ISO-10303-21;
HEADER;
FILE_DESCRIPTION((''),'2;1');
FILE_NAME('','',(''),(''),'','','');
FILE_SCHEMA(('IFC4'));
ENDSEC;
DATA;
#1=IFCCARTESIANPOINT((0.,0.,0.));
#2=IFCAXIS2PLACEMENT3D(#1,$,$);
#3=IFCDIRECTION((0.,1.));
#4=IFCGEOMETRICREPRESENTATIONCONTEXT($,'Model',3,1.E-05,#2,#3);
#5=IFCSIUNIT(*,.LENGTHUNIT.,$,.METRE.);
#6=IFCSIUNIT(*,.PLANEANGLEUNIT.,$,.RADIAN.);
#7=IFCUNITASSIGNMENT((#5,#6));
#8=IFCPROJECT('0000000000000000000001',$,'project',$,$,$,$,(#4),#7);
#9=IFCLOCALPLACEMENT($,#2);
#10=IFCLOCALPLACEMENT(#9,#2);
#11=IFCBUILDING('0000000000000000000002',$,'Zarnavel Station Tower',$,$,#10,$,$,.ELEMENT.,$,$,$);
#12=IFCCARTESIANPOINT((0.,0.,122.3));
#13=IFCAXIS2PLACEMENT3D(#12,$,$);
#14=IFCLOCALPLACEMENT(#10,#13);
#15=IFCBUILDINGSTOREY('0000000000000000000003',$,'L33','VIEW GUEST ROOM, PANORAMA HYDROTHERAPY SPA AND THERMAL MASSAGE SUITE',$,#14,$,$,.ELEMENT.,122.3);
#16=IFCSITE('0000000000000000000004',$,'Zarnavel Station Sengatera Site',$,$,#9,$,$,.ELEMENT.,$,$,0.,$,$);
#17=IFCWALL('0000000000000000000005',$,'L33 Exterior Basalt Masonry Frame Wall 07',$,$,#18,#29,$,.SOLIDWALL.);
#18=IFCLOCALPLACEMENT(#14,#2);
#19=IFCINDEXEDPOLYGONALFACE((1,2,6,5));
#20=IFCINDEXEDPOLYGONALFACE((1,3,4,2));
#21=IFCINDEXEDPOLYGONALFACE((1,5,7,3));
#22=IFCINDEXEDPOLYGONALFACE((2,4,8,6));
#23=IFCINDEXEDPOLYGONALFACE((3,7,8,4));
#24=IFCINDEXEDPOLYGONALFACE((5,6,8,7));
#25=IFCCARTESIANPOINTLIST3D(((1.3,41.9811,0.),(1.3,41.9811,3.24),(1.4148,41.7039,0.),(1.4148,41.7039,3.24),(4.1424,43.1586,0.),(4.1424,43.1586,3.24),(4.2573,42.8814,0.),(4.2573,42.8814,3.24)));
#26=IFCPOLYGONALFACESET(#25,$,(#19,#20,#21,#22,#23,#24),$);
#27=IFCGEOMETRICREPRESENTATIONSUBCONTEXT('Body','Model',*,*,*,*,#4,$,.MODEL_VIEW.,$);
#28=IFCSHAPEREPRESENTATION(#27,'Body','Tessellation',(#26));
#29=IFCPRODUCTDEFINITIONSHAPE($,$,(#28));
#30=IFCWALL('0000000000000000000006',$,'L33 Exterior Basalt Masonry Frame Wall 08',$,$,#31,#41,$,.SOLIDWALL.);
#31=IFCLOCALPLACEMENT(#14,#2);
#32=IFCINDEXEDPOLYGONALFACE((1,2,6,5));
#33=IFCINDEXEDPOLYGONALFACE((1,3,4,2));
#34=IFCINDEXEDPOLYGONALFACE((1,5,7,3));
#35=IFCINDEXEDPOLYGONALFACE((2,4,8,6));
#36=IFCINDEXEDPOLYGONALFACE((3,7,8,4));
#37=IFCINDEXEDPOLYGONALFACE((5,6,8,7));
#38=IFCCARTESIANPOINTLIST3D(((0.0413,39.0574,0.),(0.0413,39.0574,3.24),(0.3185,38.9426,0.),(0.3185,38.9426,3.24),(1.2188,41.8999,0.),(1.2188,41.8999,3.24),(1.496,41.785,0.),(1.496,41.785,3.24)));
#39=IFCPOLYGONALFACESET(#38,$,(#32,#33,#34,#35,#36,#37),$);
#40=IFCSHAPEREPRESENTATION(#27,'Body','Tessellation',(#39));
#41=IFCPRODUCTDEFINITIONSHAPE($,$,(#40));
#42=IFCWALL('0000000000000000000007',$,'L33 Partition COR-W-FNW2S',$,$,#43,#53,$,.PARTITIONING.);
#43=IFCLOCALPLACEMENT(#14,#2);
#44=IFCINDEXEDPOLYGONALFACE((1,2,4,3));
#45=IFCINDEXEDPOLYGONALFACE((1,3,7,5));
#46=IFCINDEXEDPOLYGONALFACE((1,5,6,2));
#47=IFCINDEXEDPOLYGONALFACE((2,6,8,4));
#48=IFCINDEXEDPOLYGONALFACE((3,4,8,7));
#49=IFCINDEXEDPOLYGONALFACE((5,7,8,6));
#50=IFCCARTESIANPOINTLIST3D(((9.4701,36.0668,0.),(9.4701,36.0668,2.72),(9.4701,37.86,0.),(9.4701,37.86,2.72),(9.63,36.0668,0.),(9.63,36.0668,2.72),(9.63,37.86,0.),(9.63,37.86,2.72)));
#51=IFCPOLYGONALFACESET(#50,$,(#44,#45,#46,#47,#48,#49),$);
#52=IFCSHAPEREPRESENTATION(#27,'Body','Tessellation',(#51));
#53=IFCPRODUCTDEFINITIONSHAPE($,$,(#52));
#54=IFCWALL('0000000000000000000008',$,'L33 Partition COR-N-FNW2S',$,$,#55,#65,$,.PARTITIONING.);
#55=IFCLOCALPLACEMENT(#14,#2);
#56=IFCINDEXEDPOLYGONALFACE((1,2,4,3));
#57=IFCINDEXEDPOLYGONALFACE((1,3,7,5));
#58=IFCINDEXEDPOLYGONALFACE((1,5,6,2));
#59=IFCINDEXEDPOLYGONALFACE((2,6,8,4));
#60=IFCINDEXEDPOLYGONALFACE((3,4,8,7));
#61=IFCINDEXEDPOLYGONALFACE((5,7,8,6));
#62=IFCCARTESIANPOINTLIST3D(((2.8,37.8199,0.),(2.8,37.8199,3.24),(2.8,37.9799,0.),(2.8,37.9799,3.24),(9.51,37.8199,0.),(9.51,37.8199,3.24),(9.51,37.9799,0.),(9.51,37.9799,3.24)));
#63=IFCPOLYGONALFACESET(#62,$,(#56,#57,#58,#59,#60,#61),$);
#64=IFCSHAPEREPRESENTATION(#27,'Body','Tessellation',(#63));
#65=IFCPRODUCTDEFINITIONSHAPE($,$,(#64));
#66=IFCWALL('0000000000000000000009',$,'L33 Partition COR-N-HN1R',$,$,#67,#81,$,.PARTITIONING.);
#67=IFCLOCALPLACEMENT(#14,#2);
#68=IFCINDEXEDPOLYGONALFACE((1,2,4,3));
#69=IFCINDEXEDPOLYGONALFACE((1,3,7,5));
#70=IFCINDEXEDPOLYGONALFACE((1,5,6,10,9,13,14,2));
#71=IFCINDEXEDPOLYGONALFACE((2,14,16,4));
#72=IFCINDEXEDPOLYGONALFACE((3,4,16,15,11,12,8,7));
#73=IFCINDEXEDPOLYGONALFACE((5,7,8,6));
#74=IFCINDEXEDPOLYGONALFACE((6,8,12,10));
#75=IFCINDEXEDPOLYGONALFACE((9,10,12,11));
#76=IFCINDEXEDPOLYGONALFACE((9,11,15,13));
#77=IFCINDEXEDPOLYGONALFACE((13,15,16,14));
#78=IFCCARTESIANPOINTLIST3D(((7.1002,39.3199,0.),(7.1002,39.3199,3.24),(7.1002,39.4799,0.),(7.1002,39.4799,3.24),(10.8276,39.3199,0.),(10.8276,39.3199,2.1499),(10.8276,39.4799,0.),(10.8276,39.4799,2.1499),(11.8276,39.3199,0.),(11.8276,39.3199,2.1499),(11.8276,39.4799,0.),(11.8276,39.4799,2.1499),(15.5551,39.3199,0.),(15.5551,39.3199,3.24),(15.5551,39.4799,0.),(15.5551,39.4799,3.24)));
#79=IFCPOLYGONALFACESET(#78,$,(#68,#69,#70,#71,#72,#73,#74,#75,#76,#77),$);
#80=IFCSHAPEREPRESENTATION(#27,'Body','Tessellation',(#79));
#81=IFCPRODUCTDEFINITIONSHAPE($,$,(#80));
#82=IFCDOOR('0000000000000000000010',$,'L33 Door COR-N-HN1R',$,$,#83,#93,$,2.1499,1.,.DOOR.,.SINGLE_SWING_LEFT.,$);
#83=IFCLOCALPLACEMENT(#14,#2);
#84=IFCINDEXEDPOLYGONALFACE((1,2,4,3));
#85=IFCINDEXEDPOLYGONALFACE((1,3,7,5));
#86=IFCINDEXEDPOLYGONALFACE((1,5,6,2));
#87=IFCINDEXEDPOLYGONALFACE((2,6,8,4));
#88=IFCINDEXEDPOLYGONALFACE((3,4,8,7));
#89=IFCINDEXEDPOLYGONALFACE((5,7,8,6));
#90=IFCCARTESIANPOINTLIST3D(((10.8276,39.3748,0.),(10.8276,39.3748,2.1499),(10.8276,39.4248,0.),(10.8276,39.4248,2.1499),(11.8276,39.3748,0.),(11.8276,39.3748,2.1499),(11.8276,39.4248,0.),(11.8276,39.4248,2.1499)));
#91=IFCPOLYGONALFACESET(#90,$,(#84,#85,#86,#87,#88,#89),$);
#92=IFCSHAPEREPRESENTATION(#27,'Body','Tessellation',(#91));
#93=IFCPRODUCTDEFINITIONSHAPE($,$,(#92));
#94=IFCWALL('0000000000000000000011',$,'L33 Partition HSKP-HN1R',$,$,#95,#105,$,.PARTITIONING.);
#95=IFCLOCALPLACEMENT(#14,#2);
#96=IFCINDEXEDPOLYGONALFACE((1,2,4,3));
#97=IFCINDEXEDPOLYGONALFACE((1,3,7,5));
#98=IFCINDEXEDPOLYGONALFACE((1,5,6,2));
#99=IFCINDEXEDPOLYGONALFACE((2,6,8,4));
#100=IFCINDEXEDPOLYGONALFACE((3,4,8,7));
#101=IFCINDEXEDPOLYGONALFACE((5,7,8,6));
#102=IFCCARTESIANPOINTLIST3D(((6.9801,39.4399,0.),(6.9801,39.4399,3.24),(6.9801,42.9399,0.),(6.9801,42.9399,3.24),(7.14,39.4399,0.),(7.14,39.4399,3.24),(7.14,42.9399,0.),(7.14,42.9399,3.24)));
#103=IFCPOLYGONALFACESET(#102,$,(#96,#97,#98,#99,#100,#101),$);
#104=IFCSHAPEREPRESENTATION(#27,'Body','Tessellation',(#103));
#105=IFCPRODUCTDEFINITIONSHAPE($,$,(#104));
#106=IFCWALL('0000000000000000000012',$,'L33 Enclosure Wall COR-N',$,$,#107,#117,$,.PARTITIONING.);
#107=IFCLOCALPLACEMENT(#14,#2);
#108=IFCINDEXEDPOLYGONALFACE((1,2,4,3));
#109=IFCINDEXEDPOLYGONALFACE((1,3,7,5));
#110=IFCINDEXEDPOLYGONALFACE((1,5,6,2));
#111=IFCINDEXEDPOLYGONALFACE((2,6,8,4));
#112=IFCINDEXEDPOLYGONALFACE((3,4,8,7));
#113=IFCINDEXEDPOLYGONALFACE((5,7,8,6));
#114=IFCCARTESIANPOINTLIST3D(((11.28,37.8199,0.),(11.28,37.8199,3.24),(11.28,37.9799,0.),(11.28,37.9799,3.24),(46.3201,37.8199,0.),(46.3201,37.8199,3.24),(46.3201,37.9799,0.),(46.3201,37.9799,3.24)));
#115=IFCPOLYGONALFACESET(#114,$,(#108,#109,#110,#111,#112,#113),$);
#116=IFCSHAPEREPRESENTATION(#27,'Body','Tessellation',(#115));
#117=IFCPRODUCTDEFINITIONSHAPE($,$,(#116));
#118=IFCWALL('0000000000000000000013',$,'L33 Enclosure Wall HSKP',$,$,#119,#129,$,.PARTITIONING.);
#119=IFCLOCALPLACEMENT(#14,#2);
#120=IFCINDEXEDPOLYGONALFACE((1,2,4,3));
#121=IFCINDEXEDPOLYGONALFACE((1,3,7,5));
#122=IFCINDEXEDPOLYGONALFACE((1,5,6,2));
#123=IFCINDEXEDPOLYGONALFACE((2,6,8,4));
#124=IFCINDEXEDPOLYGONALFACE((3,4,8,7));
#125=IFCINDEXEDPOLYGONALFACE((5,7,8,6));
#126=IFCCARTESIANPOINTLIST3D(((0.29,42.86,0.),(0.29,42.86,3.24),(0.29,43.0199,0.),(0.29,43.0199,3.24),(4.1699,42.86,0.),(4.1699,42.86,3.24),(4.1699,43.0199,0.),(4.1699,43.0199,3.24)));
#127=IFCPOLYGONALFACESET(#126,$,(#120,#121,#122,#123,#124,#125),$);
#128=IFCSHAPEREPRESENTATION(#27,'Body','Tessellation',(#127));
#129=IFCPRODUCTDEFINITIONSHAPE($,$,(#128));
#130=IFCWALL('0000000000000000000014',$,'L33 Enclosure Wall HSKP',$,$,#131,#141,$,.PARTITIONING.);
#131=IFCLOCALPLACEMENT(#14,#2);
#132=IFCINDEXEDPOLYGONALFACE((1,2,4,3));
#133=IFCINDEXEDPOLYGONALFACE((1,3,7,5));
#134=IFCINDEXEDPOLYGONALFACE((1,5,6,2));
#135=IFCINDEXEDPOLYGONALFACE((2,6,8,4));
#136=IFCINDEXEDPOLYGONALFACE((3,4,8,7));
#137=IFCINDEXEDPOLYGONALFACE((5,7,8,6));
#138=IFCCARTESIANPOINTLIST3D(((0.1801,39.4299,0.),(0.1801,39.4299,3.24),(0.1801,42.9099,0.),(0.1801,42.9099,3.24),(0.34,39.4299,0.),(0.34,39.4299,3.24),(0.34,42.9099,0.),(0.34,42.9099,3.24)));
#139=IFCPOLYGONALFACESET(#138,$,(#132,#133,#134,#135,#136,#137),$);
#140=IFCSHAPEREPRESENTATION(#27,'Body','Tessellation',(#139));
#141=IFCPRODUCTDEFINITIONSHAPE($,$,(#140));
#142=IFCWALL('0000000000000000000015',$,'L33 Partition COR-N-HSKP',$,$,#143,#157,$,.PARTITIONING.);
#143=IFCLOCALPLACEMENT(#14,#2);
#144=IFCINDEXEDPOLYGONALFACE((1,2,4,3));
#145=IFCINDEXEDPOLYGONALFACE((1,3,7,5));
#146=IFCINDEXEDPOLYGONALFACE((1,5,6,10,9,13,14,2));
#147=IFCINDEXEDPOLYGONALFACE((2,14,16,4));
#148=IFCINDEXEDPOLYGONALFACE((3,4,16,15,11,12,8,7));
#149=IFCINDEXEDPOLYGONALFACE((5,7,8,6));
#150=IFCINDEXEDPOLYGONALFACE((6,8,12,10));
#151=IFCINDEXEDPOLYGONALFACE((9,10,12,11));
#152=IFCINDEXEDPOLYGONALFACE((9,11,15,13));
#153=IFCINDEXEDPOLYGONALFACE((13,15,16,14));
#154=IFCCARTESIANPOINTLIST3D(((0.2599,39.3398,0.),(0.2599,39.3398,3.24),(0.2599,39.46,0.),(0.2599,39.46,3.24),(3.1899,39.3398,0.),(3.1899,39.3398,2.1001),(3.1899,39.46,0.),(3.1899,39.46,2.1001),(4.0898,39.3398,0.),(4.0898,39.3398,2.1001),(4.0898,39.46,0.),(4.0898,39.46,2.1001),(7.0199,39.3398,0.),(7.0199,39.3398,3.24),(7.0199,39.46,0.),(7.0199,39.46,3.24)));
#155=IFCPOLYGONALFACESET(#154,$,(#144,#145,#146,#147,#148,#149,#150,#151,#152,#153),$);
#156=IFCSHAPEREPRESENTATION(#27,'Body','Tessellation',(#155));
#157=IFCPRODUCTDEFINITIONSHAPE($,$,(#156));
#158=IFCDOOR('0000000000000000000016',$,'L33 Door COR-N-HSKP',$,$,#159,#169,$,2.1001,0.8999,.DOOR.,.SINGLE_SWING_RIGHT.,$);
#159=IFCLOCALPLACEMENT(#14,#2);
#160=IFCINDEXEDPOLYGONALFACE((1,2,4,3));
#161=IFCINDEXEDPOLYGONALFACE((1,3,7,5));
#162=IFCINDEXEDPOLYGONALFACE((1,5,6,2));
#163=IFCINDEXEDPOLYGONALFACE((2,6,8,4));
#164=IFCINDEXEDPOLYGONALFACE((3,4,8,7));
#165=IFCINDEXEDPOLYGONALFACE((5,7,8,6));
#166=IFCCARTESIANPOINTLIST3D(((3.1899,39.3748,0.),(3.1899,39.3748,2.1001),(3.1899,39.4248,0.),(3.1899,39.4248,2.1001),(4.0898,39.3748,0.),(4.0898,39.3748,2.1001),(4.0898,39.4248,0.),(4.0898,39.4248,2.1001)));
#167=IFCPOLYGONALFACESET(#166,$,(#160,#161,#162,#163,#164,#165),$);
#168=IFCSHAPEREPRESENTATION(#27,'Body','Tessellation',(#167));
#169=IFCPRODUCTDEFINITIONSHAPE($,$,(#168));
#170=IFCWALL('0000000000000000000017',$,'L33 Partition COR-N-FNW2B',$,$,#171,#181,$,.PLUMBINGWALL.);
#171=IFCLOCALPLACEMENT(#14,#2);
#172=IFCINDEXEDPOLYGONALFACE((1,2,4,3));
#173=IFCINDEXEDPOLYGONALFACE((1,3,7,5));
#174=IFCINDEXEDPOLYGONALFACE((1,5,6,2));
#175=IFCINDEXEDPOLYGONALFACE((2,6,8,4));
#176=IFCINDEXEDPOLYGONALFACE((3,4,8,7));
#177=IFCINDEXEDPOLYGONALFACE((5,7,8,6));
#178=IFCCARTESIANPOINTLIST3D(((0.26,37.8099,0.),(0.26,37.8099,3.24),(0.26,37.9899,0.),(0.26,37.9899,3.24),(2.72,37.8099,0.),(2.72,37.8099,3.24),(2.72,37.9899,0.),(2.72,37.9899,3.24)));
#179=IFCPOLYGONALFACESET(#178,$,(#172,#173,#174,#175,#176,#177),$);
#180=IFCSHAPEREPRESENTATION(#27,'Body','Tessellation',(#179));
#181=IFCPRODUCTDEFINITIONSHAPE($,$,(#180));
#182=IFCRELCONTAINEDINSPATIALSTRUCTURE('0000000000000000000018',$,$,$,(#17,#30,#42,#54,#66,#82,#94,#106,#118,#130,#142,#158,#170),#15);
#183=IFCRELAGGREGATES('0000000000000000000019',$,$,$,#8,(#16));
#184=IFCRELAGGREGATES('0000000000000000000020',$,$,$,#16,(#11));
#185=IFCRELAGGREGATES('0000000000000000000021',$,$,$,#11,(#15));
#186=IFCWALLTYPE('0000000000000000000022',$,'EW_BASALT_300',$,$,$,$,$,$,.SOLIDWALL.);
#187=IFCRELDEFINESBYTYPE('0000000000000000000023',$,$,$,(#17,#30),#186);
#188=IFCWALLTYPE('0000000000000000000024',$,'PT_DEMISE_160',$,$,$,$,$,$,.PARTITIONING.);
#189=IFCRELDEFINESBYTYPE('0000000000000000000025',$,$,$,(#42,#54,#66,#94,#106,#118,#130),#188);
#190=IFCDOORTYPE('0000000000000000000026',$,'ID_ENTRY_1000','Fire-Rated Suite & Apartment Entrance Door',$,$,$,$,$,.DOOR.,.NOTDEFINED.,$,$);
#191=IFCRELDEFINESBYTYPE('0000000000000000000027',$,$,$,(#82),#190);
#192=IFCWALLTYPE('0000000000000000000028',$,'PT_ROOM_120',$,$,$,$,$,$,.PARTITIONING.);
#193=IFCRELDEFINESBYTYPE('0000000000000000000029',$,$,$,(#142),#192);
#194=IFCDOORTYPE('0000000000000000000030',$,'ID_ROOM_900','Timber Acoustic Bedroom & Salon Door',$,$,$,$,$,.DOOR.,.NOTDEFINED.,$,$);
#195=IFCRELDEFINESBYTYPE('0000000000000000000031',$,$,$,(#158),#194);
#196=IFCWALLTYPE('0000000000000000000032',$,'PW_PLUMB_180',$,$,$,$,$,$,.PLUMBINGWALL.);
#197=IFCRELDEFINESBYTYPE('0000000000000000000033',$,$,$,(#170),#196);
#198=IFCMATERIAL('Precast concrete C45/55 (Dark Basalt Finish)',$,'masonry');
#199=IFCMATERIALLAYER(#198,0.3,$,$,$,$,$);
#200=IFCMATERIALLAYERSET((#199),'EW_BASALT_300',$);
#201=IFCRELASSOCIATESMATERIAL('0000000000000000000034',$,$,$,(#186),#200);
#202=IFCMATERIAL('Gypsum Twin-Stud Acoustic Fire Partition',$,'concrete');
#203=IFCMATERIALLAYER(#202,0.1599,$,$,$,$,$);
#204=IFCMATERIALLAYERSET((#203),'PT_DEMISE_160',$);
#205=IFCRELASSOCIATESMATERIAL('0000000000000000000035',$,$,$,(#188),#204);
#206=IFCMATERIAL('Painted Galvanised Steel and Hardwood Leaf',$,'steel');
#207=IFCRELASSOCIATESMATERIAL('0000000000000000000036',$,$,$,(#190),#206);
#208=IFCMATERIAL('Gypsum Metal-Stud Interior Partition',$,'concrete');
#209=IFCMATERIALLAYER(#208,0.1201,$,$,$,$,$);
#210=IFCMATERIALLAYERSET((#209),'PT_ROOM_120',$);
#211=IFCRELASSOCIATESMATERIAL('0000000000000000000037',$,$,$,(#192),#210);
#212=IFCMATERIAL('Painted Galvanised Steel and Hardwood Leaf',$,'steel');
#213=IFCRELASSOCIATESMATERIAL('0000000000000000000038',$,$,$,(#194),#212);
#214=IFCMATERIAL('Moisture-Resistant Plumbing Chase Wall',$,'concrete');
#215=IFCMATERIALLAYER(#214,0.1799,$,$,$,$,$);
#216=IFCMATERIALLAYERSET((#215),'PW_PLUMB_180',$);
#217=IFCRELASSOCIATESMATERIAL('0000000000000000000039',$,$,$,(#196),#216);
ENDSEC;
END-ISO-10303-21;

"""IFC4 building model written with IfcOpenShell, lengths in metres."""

from ifc_helpers import new_model, si_unit, direction, frame, frame_2d, origin, place, context, subcontext, project, spatial, rectangle, extrude, material, layer, layer_set, type_object, element, fill, save


model = new_model("IFC4")

# Units and contexts
model_context = context("Model", 3, precision=1e-05, world=origin(), true_north=direction((0.0, 1.0)))
body_context = subcontext(model_context, "Body", "Model", "MODEL_VIEW")
ifc_project = project(units=[si_unit("LENGTHUNIT", "METRE"), si_unit("PLANEANGLEUNIT", "RADIAN")], contexts=[model_context])

# Site, building, storey
site_placement = place(None, origin())
site = spatial("IfcSite", under=ifc_project, at=site_placement, Name="Zarnavel Station Sengatera Site", CompositionType="ELEMENT", RefElevation=0.0)
building_placement = place(site_placement, origin())
building = spatial("IfcBuilding", under=site, at=building_placement, Name="Zarnavel Station Tower", CompositionType="ELEMENT")
storey_placement = place(building_placement, frame((0.0, 0.0, 122.3)))
storey = spatial("IfcBuildingStorey", under=building, at=storey_placement, Name="L33", Description="VIEW GUEST ROOM, PANORAMA HYDROTHERAPY SPA AND THERMAL MASSAGE SUITE", CompositionType="ELEMENT", Elevation=122.3)

# Shared definitions
ifc_material_1 = material(Name="Precast concrete C45/55 (Dark Basalt Finish)", Category="masonry")
ifc_layer_1 = layer(ifc_material_1, 0.3)
ifc_layer_set_1 = layer_set([ifc_layer_1], Name="EW_BASALT_300")
wall_type_1 = type_object("IfcWallType", Name="EW_BASALT_300", PredefinedType="SOLIDWALL", material=ifc_layer_set_1)

# Walls
for number, where, z_axis, x_axis, name in (
    (1, (1.3574, 41.8425, 0.0), (0.0, 0.0, 1.0), (0.923871, 0.382705, 0.0), "L33 Exterior Basalt Masonry Frame Wall 07"),
    (2, (0.1799, 39.0, 0.0), (0.0, 0.0, 1.0), (0.382705, 0.923871, 0.0), "L33 Exterior Basalt Masonry Frame Wall 08"),
):
    element("IfcWall", number, at=place(storey_placement, frame(where, z_axis=z_axis, x_axis=x_axis)), inside=storey, type_object=wall_type_1, Name=name, PredefinedType="SOLIDWALL", context=body_context, shape_type="SweptSolid", body=[
        extrude(rectangle(XDim=3.0767, YDim=0.3, at=frame_2d((1.5383, 0.0))), origin(), (0.0, 0.0, 1.0), 3.24),
    ])
ifc_material_2 = material(Name="Gypsum Twin-Stud Acoustic Fire Partition", Category="concrete")
ifc_layer_2 = layer(ifc_material_2, 0.1599)
ifc_layer_set_2 = layer_set([ifc_layer_2], Name="PT_DEMISE_160")
wall_type_2 = type_object("IfcWallType", Name="PT_DEMISE_160", PredefinedType="PARTITIONING", material=ifc_layer_set_2)
wall_1_placement = place(storey_placement, frame((9.55, 36.0669, 0.0), z_axis=(0.0, 0.0, 1.0), x_axis=(0.0, 1.0, 0.0)))
element("IfcWall", 3, at=wall_1_placement, inside=storey, type_object=wall_type_2, Name="L33 Partition COR-W-FNW2S", PredefinedType="PARTITIONING", context=body_context, shape_type="SweptSolid", body=[
    extrude(rectangle(XDim=1.7932, YDim=0.1599, at=frame_2d((0.8965, 0.0))), origin(), (0.0, 0.0, 1.0), 2.72),
])
wall_2_placement = place(storey_placement, frame((2.8, 37.8999, 0.0), z_axis=(0.0, 0.0, 1.0), x_axis=(1.0, 0.0, 0.0)))
element("IfcWall", 4, at=wall_2_placement, inside=storey, type_object=wall_type_2, Name="L33 Partition COR-N-FNW2S", PredefinedType="PARTITIONING", context=body_context, shape_type="SweptSolid", body=[
    extrude(rectangle(XDim=6.71, YDim=0.1599, at=frame_2d((3.355, 0.0))), origin(), (0.0, 0.0, 1.0), 3.24),
])

# Wall, opening, door
wall_3_placement = place(storey_placement, frame((7.1001, 39.3999, 0.0), z_axis=(0.0, 0.0, 1.0), x_axis=(1.0, 0.0, 0.0)))
wall_3 = element("IfcWall", 5, at=wall_3_placement, inside=storey, type_object=wall_type_2, Name="L33 Partition COR-N-HN1R", PredefinedType="PARTITIONING", context=body_context, shape_type="SweptSolid", body=[
    extrude(rectangle(XDim=8.4548, YDim=0.1599, at=frame_2d((4.2275, 0.0))), origin(), (0.0, 0.0, 1.0), 3.24),
])
opening_1_placement = place(wall_3_placement, frame((3.7275, 0.0, 0.0)))
opening_1 = element("IfcOpeningElement", 6, at=opening_1_placement, cuts=wall_3, PredefinedType="OPENING", context=body_context, shape_type="SweptSolid", body=[
    extrude(rectangle(XDim=1.0, YDim=2.1499, at=frame_2d((0.5, 1.075))), frame((0.0, 0.0898, 0.0), z_axis=(0.0, -1.0, 0.0), x_axis=(1.0, 0.0, 0.0)), (0.0, 0.0, 1.0), 0.1799),
])
ifc_material_3 = material(Name="Painted Galvanised Steel and Hardwood Leaf", Category="steel")
door_type_1 = type_object("IfcDoorType", Name="ID_ENTRY_1000", Description="Fire-Rated Suite & Apartment Entrance Door", OperationType="NOTDEFINED", PredefinedType="DOOR", material=ifc_material_3)
door_1_placement = place(opening_1_placement, origin())
door_1 = element("IfcDoor", 7, at=door_1_placement, inside=storey, type_object=door_type_1, Name="L33 Door COR-N-HN1R", OperationType="SINGLE_SWING_LEFT", OverallHeight=2.1499, OverallWidth=1.0, PredefinedType="DOOR", context=body_context, shape_type="SweptSolid", body=[
    extrude(rectangle(XDim=1.0, YDim=2.1499, at=frame_2d((0.5, 1.075))), frame((0.0, 0.0249, 0.0), z_axis=(0.0, -1.0, 0.0), x_axis=(1.0, 0.0, 0.0)), (0.0, 0.0, 1.0), 0.05),
])
fill(opening_1, door_1)

# Walls
wall_4_placement = place(storey_placement, frame((7.0601, 39.4399, 0.0), z_axis=(0.0, 0.0, 1.0), x_axis=(0.0, 1.0, 0.0)))
element("IfcWall", 8, at=wall_4_placement, inside=storey, type_object=wall_type_2, Name="L33 Partition HSKP-HN1R", PredefinedType="PARTITIONING", context=body_context, shape_type="SweptSolid", body=[
    extrude(rectangle(XDim=3.5, YDim=0.1599, at=frame_2d((1.75, 0.0))), origin(), (0.0, 0.0, 1.0), 3.24),
])
wall_5_placement = place(storey_placement, frame((11.28, 37.8999, 0.0), z_axis=(0.0, 0.0, 1.0), x_axis=(1.0, 0.0, 0.0)))
element("IfcWall", 9, at=wall_5_placement, inside=storey, type_object=wall_type_2, Name="L33 Enclosure Wall COR-N", PredefinedType="PARTITIONING", context=body_context, shape_type="SweptSolid", body=[
    extrude(rectangle(XDim=35.04, YDim=0.1599, at=frame_2d((17.52, 0.0))), origin(), (0.0, 0.0, 1.0), 3.24),
])
wall_6_placement = place(storey_placement, frame((0.29, 42.9399, 0.0), z_axis=(0.0, 0.0, 1.0), x_axis=(1.0, 0.0, 0.0)))
element("IfcWall", 10, at=wall_6_placement, inside=storey, type_object=wall_type_2, Name="L33 Enclosure Wall HSKP", PredefinedType="PARTITIONING", context=body_context, shape_type="SweptSolid", body=[
    extrude(rectangle(XDim=3.8799, YDim=0.1599, at=frame_2d((1.9399, 0.0))), origin(), (0.0, 0.0, 1.0), 3.24),
])
wall_7_placement = place(storey_placement, frame((0.26, 39.4299, 0.0), z_axis=(0.0, 0.0, 1.0), x_axis=(0.0, 1.0, 0.0)))
element("IfcWall", 11, at=wall_7_placement, inside=storey, type_object=wall_type_2, Name="L33 Enclosure Wall HSKP", PredefinedType="PARTITIONING", context=body_context, shape_type="SweptSolid", body=[
    extrude(rectangle(XDim=3.48, YDim=0.1599, at=frame_2d((1.74, 0.0))), origin(), (0.0, 0.0, 1.0), 3.24),
])

# Wall, opening, door
ifc_material_4 = material(Name="Gypsum Metal-Stud Interior Partition", Category="concrete")
ifc_layer_3 = layer(ifc_material_4, 0.1201)
ifc_layer_set_3 = layer_set([ifc_layer_3], Name="PT_ROOM_120")
wall_type_3 = type_object("IfcWallType", Name="PT_ROOM_120", PredefinedType="PARTITIONING", material=ifc_layer_set_3)
wall_8_placement = place(storey_placement, frame((0.26, 39.3999, 0.0), z_axis=(0.0, 0.0, 1.0), x_axis=(1.0, 0.0, 0.0)))
wall_8 = element("IfcWall", 12, at=wall_8_placement, inside=storey, type_object=wall_type_3, Name="L33 Partition COR-N-HSKP", PredefinedType="PARTITIONING", context=body_context, shape_type="SweptSolid", body=[
    extrude(rectangle(XDim=6.76, YDim=0.1201, at=frame_2d((3.3799, 0.0))), origin(), (0.0, 0.0, 1.0), 3.24),
])
opening_2_placement = place(wall_8_placement, frame((2.9299, 0.0, 0.0)))
opening_2 = element("IfcOpeningElement", 13, at=opening_2_placement, cuts=wall_8, PredefinedType="OPENING", context=body_context, shape_type="SweptSolid", body=[
    extrude(rectangle(XDim=0.8999, YDim=2.1001, at=frame_2d((0.45, 1.05))), frame((0.0, 0.0701, 0.0), z_axis=(0.0, -1.0, 0.0), x_axis=(1.0, 0.0, 0.0)), (0.0, 0.0, 1.0), 0.1401),
])
ifc_material_5 = material(Name="Painted Galvanised Steel and Hardwood Leaf", Category="steel")
door_type_2 = type_object("IfcDoorType", Name="ID_ROOM_900", Description="Timber Acoustic Bedroom & Salon Door", OperationType="NOTDEFINED", PredefinedType="DOOR", material=ifc_material_5)
door_2_placement = place(opening_2_placement, origin())
door_2 = element("IfcDoor", 14, at=door_2_placement, inside=storey, type_object=door_type_2, Name="L33 Door COR-N-HSKP", OperationType="SINGLE_SWING_RIGHT", OverallHeight=2.1001, OverallWidth=0.8999, PredefinedType="DOOR", context=body_context, shape_type="SweptSolid", body=[
    extrude(rectangle(XDim=0.8999, YDim=2.1001, at=frame_2d((0.45, 1.05))), frame((0.0, 0.0249, 0.0), z_axis=(0.0, -1.0, 0.0), x_axis=(1.0, 0.0, 0.0)), (0.0, 0.0, 1.0), 0.05),
])
fill(opening_2, door_2)

# Wall
ifc_material_6 = material(Name="Moisture-Resistant Plumbing Chase Wall", Category="concrete")
ifc_layer_4 = layer(ifc_material_6, 0.1799)
ifc_layer_set_4 = layer_set([ifc_layer_4], Name="PW_PLUMB_180")
wall_type_4 = type_object("IfcWallType", Name="PW_PLUMB_180", PredefinedType="PLUMBINGWALL", material=ifc_layer_set_4)
wall_9_placement = place(storey_placement, frame((0.26, 37.8999, 0.0), z_axis=(0.0, 0.0, 1.0), x_axis=(1.0, 0.0, 0.0)))
element("IfcWall", 15, at=wall_9_placement, inside=storey, type_object=wall_type_4, Name="L33 Partition COR-N-FNW2B", PredefinedType="PLUMBINGWALL", context=body_context, shape_type="SweptSolid", body=[
    extrude(rectangle(XDim=2.46, YDim=0.1799, at=frame_2d((1.23, 0.0))), origin(), (0.0, 0.0, 1.0), 3.24),
])

save(model, "model.ifc")
